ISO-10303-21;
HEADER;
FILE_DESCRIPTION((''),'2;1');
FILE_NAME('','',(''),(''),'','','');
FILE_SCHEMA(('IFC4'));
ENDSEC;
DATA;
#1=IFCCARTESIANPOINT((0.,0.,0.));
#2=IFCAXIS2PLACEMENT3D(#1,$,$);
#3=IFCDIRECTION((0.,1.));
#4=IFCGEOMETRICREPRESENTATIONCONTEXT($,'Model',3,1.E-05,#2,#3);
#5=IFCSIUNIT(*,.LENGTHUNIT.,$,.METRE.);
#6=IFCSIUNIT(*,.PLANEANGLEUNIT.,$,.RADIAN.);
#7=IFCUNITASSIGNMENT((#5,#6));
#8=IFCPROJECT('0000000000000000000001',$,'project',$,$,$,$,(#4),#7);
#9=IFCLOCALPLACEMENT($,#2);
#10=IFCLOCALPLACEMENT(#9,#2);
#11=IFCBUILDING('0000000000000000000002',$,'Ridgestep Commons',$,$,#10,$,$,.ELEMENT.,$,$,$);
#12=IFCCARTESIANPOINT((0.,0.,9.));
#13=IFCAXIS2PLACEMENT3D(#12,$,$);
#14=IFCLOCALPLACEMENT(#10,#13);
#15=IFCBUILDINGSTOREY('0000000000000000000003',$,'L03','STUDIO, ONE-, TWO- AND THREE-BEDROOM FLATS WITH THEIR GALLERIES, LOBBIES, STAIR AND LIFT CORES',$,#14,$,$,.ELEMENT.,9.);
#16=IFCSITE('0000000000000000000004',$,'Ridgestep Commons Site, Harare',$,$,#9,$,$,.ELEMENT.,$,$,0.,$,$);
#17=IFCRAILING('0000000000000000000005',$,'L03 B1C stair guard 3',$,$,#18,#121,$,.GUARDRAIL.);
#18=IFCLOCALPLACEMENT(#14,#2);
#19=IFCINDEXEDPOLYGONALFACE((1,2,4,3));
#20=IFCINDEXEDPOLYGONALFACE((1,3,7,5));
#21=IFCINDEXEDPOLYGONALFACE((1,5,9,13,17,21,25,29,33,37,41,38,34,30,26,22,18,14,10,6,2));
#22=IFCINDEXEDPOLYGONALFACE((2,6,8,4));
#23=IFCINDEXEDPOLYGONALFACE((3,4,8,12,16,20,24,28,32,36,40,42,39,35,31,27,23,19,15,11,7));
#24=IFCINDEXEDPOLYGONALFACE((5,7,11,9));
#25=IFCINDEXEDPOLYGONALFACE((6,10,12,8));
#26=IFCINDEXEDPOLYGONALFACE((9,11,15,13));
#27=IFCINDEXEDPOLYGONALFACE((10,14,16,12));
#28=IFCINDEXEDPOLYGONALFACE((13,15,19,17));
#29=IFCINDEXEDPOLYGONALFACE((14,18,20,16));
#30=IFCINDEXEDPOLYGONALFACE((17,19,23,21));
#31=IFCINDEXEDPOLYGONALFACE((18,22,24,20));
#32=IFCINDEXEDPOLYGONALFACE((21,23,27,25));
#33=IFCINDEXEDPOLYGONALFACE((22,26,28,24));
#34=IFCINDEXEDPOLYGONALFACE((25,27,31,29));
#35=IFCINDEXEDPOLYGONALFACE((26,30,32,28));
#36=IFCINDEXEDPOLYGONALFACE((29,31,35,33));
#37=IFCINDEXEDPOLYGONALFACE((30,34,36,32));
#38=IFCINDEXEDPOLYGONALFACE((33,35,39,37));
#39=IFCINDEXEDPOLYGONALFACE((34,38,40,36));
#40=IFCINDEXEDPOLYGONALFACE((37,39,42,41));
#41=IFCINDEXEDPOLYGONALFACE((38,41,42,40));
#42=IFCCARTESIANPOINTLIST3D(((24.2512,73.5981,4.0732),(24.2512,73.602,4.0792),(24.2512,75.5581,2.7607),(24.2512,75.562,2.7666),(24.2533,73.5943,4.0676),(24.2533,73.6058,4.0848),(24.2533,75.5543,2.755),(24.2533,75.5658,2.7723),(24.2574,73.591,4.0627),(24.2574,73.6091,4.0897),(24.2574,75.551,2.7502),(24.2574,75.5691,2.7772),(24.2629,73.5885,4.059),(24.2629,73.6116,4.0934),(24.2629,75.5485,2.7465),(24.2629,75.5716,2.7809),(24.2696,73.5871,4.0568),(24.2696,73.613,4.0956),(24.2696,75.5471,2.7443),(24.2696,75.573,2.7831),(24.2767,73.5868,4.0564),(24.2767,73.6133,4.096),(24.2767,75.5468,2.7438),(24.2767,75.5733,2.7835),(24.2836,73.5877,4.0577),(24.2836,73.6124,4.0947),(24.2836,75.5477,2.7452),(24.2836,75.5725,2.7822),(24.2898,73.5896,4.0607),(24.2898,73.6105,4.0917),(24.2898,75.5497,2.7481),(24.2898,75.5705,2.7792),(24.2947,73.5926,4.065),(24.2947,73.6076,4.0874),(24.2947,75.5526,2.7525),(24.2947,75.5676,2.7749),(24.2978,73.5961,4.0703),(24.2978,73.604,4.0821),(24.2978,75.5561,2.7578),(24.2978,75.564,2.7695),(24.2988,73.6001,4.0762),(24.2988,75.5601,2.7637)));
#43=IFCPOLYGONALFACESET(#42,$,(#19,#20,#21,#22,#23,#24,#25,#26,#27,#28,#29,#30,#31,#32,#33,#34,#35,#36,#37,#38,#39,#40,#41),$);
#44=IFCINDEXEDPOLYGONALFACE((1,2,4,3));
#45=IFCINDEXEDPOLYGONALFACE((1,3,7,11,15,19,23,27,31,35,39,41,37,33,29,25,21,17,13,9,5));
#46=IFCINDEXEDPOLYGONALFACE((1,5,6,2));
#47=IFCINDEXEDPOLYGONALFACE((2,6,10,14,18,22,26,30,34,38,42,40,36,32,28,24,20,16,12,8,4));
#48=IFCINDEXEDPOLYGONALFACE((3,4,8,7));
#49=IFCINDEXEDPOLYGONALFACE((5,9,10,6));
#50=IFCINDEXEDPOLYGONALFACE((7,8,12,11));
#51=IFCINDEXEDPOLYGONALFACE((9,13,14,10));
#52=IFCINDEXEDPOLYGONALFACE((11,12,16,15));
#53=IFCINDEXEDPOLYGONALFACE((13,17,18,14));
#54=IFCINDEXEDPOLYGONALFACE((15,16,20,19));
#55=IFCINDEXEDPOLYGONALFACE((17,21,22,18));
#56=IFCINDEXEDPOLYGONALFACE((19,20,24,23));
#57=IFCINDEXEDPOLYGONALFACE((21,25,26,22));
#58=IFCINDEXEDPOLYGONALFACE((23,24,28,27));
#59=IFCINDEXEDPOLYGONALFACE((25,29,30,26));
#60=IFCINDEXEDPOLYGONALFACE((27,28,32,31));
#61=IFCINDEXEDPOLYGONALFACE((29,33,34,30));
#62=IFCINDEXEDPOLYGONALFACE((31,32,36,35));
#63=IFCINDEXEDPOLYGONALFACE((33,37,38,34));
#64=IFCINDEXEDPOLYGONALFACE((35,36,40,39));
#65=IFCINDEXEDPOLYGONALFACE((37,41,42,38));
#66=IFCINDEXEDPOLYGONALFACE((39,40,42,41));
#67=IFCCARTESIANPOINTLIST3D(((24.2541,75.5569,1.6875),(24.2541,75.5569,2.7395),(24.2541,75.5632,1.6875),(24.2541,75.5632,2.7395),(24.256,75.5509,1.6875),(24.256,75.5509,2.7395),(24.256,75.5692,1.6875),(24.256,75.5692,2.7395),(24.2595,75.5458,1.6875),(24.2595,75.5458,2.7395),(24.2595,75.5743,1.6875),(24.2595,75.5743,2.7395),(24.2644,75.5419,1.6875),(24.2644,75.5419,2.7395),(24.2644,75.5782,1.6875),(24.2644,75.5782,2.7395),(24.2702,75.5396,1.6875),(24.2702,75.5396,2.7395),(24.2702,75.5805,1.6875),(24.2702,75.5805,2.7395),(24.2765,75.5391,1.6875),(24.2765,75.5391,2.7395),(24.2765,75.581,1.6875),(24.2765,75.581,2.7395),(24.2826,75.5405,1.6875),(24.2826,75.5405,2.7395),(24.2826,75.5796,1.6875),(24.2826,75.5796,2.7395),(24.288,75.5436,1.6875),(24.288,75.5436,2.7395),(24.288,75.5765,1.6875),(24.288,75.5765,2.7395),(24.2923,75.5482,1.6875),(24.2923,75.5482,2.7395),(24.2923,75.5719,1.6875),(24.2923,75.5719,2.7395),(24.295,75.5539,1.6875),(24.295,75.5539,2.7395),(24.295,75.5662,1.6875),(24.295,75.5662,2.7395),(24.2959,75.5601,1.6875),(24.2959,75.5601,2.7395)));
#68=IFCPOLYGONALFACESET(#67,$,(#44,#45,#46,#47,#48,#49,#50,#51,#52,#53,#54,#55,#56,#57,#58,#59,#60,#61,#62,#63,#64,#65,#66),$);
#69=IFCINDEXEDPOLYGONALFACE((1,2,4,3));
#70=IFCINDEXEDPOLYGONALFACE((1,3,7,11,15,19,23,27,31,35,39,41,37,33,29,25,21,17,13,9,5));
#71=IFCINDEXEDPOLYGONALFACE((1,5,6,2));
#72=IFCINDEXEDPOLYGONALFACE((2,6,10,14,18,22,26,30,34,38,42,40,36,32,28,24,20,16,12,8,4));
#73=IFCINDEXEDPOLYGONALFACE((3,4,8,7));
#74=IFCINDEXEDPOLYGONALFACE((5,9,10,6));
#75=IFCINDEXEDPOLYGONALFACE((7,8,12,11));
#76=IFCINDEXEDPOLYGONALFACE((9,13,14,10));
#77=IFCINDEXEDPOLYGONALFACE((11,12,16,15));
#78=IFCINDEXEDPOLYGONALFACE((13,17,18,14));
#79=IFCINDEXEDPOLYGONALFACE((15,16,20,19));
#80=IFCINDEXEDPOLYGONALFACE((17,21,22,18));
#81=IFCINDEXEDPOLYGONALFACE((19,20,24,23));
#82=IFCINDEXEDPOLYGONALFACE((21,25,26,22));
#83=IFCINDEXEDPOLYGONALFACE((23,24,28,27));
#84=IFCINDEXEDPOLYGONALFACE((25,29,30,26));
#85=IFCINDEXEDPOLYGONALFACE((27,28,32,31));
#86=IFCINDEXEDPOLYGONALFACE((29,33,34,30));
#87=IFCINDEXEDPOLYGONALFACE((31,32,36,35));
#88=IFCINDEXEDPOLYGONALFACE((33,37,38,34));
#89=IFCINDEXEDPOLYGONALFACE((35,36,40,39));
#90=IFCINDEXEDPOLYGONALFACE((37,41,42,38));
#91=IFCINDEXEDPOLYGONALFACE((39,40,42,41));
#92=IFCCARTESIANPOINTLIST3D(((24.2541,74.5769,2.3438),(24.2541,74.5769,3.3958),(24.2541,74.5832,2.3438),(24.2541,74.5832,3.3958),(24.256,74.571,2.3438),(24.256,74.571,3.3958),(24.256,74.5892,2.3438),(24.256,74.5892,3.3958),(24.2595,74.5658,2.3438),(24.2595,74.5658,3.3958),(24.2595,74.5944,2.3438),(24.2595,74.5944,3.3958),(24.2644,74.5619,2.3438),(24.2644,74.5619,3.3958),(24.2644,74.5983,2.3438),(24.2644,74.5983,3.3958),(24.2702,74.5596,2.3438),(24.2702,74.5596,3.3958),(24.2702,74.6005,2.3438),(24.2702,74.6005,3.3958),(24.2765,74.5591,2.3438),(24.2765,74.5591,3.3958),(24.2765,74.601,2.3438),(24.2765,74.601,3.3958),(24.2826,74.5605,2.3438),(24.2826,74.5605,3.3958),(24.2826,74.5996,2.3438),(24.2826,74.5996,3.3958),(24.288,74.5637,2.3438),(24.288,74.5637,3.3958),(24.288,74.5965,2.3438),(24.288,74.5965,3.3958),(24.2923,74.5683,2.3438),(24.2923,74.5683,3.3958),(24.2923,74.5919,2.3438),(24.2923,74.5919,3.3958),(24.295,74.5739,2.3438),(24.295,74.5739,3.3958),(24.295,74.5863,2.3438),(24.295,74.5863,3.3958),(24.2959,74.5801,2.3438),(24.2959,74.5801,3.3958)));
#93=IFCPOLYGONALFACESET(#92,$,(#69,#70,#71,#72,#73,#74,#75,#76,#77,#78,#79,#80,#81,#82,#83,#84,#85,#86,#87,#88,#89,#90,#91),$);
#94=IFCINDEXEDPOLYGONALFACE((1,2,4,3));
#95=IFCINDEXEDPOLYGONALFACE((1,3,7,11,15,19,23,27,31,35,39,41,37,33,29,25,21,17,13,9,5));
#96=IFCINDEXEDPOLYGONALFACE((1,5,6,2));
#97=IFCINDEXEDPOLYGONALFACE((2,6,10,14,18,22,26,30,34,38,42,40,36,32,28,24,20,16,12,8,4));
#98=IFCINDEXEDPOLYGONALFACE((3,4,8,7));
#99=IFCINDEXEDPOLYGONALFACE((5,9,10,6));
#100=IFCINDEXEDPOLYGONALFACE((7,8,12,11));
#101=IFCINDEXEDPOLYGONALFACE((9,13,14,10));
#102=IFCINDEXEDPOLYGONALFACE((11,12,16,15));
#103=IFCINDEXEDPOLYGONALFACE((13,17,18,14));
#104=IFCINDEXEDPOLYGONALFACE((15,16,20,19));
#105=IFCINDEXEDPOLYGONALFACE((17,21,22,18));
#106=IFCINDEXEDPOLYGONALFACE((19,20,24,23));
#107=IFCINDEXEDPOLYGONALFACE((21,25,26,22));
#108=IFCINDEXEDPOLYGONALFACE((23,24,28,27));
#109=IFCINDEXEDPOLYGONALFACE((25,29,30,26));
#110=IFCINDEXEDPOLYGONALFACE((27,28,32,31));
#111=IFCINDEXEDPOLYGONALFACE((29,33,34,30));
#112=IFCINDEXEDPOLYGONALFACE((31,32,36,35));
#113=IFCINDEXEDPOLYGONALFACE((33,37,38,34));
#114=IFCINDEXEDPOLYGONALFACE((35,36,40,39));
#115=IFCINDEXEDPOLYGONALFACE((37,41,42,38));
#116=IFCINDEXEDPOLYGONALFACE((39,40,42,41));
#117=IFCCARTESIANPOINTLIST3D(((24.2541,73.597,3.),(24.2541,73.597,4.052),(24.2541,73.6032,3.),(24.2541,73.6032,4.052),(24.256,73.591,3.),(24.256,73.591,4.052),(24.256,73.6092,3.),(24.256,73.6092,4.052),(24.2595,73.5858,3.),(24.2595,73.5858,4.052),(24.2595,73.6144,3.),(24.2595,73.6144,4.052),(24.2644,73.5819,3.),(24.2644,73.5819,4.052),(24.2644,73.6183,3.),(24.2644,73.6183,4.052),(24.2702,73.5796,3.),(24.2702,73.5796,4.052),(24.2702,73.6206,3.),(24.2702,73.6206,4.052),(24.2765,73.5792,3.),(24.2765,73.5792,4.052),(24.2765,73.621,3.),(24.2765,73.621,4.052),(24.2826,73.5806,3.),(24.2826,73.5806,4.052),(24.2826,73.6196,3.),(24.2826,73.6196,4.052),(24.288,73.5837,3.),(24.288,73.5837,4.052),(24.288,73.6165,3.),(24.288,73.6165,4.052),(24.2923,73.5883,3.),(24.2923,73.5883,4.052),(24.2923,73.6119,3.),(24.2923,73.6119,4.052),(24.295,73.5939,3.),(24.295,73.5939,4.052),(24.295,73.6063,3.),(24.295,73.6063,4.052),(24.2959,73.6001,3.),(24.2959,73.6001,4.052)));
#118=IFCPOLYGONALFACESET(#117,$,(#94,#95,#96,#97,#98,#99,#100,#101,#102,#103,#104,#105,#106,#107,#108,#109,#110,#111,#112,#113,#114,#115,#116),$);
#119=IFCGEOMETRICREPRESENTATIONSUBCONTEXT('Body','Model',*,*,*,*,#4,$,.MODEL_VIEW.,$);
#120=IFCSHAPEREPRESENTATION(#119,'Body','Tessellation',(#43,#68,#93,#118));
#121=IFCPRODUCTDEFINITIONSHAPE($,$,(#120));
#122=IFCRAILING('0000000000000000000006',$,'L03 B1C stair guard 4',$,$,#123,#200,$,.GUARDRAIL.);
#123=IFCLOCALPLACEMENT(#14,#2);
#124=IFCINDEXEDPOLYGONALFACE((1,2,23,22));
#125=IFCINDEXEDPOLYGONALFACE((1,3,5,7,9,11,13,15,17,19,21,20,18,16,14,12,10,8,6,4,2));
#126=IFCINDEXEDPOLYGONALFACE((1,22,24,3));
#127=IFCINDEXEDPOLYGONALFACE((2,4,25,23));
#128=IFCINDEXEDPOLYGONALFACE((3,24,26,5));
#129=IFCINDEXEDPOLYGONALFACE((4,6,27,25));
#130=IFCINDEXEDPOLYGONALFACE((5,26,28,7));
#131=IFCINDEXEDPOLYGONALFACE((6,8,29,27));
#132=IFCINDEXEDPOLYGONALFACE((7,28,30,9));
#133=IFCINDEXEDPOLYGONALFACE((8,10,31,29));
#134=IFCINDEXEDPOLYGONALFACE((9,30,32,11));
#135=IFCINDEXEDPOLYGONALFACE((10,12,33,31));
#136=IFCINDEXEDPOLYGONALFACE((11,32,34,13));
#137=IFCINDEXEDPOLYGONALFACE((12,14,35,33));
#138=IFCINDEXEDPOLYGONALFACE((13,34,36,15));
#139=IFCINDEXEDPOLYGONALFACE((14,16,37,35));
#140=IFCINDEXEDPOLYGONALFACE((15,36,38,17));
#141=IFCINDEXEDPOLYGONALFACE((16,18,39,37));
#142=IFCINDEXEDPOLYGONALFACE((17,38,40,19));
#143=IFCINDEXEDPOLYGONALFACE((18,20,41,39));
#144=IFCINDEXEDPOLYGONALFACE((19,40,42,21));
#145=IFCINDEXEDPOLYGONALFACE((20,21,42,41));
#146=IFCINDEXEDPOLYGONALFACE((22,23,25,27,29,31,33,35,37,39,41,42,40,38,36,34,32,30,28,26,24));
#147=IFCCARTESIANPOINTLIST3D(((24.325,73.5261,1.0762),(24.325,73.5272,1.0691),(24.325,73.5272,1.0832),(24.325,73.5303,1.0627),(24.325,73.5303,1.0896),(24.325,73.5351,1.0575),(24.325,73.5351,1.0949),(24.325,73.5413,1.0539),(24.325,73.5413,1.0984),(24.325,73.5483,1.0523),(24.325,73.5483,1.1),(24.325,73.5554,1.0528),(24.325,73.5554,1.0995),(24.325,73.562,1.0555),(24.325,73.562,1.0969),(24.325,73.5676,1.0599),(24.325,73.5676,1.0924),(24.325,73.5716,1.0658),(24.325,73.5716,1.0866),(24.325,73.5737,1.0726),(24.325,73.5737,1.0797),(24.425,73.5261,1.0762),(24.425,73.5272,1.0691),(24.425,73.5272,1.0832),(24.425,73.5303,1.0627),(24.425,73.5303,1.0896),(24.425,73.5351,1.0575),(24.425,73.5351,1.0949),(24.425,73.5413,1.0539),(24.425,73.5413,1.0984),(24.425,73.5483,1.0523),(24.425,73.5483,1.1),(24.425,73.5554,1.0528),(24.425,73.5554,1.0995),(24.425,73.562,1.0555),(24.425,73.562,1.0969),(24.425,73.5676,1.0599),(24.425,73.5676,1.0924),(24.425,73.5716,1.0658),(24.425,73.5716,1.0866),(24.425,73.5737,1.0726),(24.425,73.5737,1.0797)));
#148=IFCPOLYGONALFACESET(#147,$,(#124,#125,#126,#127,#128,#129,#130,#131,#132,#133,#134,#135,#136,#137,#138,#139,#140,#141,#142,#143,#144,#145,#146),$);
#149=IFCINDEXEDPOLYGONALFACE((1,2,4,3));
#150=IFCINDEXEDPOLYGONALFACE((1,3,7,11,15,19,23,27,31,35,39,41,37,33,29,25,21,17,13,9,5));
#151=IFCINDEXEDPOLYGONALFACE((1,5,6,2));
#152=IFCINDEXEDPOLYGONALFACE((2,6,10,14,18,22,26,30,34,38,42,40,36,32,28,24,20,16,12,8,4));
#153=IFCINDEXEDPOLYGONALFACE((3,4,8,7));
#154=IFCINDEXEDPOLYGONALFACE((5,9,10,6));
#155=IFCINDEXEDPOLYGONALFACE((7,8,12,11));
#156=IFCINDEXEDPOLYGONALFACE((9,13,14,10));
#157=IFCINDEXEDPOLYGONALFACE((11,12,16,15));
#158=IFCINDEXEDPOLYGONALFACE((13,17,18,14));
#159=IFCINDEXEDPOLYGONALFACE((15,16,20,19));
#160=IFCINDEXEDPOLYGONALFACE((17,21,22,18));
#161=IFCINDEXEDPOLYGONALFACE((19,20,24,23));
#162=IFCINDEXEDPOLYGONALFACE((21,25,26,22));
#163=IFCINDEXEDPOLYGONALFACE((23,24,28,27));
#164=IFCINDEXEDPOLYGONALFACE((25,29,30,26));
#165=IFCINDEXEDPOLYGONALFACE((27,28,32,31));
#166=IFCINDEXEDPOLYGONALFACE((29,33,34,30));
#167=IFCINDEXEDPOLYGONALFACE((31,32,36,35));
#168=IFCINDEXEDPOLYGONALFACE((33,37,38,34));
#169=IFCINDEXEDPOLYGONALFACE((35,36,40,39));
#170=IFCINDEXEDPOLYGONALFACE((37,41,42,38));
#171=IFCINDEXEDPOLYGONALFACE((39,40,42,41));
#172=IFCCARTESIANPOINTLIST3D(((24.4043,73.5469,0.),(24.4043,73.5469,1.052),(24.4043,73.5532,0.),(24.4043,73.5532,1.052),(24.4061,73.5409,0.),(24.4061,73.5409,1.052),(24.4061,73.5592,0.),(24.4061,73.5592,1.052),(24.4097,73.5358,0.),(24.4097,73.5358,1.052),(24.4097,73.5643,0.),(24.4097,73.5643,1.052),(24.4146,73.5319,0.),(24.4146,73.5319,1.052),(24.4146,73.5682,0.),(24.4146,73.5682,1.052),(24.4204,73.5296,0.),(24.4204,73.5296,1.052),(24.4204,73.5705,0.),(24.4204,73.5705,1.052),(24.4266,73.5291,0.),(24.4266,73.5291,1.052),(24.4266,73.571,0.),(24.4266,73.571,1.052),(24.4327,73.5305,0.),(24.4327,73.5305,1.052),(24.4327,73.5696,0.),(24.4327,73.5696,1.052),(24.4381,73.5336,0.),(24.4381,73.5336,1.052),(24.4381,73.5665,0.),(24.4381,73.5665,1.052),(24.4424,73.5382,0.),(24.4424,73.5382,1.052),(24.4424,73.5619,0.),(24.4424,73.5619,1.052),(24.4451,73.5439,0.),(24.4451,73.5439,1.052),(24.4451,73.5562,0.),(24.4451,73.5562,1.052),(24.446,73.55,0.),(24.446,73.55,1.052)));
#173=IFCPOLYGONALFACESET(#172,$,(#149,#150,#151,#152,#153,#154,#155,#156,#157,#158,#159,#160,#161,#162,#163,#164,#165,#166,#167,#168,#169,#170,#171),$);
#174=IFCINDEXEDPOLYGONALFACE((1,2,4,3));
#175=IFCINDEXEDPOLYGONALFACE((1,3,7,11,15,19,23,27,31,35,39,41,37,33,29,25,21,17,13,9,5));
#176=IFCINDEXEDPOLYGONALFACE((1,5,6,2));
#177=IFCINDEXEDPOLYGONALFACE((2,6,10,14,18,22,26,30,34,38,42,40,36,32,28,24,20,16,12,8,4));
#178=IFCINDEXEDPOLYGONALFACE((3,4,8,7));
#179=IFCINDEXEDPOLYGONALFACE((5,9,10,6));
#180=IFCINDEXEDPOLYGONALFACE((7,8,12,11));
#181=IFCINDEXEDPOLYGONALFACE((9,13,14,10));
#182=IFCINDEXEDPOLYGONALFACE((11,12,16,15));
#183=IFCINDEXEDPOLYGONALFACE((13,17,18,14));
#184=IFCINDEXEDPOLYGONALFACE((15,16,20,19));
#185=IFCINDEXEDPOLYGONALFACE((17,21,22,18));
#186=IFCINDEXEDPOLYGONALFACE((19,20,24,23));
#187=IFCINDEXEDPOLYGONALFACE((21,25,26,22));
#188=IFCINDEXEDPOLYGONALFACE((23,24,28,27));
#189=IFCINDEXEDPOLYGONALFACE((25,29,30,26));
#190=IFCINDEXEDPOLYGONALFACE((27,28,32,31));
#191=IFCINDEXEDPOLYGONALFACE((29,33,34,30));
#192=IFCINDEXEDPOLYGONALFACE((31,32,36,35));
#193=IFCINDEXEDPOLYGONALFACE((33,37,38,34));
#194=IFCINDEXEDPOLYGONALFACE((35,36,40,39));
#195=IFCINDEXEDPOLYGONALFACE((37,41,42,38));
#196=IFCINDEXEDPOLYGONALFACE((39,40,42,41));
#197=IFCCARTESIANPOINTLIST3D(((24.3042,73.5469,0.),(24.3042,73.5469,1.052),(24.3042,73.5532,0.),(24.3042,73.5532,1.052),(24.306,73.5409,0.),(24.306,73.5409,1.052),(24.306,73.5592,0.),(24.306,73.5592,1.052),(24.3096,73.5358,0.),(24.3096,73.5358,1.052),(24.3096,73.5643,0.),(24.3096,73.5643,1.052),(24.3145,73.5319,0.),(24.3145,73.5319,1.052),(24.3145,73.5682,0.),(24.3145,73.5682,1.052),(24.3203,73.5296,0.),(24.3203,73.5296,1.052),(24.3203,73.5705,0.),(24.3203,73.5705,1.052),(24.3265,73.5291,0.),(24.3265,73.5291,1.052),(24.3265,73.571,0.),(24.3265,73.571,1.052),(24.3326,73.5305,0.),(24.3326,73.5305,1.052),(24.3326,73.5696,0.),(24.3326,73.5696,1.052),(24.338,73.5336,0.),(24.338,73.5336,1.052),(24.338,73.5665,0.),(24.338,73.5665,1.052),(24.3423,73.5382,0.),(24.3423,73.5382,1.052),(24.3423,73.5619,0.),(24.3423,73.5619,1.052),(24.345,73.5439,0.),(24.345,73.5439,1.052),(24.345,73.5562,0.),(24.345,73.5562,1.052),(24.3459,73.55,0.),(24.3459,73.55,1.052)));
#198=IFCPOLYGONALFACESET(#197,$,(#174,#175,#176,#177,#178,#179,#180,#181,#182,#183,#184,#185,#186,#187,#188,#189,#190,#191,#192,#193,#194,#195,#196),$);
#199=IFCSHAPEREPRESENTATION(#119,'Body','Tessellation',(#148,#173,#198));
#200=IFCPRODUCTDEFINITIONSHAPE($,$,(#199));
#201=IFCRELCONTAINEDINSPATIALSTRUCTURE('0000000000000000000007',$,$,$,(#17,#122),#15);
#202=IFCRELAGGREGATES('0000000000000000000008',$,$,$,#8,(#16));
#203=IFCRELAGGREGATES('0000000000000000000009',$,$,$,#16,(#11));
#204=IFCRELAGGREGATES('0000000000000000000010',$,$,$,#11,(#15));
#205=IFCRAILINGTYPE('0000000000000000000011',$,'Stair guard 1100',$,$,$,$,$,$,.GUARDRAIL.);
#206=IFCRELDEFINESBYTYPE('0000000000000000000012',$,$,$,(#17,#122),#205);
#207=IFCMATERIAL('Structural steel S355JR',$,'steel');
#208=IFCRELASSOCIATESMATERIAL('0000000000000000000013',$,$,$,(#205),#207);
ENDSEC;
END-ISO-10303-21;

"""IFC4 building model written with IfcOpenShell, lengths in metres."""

from ifc_helpers import new_model, si_unit, direction, frame, origin, origin_2d, place, context, subcontext, project, spatial, circle, extrude, material, type_object, element, save


model = new_model("IFC4")

# Units and contexts
model_context = context("Model", 3, precision=1e-05, world=origin(), true_north=direction((0.0, 1.0)))
body_context = subcontext(model_context, "Body", "Model", "MODEL_VIEW")
ifc_project = project(units=[si_unit("LENGTHUNIT", "METRE"), si_unit("PLANEANGLEUNIT", "RADIAN")], contexts=[model_context])

# Site, building, storey
site_placement = place(None, origin())
site = spatial("IfcSite", under=ifc_project, at=site_placement, Name="Ridgestep Commons Site, Harare", CompositionType="ELEMENT", RefElevation=0.0)
building_placement = place(site_placement, origin())
building = spatial("IfcBuilding", under=site, at=building_placement, Name="Ridgestep Commons", CompositionType="ELEMENT")
storey_placement = place(building_placement, frame((0.0, 0.0, 9.0)))
storey = spatial("IfcBuildingStorey", under=building, at=storey_placement, Name="L03", Description="STUDIO, ONE-, TWO- AND THREE-BEDROOM FLATS WITH THEIR GALLERIES, LOBBIES, STAIR AND LIFT CORES", CompositionType="ELEMENT", Elevation=9.0)

# Railings
ifc_material_1 = material(Name="Structural steel S355JR", Category="steel")
railing_type_1 = type_object("IfcRailingType", Name="Stair guard 1100", PredefinedType="GUARDRAIL", material=ifc_material_1)
railing_1_placement = place(storey_placement, frame((24.2749, 75.5601, 1.6875)))
element("IfcRailing", 1, at=railing_1_placement, inside=storey, type_object=railing_type_1, Name="L03 B1C stair guard 3", PredefinedType="GUARDRAIL", context=body_context, shape_type="SweptSolid", body=[
    extrude(circle(Radius=0.0239, at=origin_2d()), frame((0.0, 0.0, 1.0762), z_axis=(0.0, -0.830902, 0.556419), x_axis=(1.0, 0.0, 0.0)), (0.0, 0.0, 1.0), 2.3589),
    extrude(circle(Radius=0.021, at=origin_2d()), origin(), (0.0, 0.0, 1.0), 1.052),
    extrude(circle(Radius=0.021, at=origin_2d()), frame((0.0, -0.98, 0.6562)), (0.0, 0.0, 1.0), 1.052),
    extrude(circle(Radius=0.021, at=origin_2d()), frame((0.0, -1.96, 1.3125)), (0.0, 0.0, 1.0), 1.052),
])
railing_2_placement = place(storey_placement, frame((24.425, 73.55, 0.0)))
element("IfcRailing", 2, at=railing_2_placement, inside=storey, type_object=railing_type_1, Name="L03 B1C stair guard 4", PredefinedType="GUARDRAIL", context=body_context, shape_type="SweptSolid", body=[
    extrude(circle(Radius=0.0239, at=origin_2d()), frame((0.0, 0.0, 1.0762), z_axis=(-1.0, 0.0, 0.0), x_axis=(0.0, -1.0, 0.0)), (0.0, 0.0, 1.0), 0.1001),
    extrude(circle(Radius=0.021, at=origin_2d()), origin(), (0.0, 0.0, 1.0), 1.052),
    extrude(circle(Radius=0.021, at=origin_2d()), frame((-0.1001, 0.0, 0.0)), (0.0, 0.0, 1.0), 1.052),
])

save(model, "model.ifc")
